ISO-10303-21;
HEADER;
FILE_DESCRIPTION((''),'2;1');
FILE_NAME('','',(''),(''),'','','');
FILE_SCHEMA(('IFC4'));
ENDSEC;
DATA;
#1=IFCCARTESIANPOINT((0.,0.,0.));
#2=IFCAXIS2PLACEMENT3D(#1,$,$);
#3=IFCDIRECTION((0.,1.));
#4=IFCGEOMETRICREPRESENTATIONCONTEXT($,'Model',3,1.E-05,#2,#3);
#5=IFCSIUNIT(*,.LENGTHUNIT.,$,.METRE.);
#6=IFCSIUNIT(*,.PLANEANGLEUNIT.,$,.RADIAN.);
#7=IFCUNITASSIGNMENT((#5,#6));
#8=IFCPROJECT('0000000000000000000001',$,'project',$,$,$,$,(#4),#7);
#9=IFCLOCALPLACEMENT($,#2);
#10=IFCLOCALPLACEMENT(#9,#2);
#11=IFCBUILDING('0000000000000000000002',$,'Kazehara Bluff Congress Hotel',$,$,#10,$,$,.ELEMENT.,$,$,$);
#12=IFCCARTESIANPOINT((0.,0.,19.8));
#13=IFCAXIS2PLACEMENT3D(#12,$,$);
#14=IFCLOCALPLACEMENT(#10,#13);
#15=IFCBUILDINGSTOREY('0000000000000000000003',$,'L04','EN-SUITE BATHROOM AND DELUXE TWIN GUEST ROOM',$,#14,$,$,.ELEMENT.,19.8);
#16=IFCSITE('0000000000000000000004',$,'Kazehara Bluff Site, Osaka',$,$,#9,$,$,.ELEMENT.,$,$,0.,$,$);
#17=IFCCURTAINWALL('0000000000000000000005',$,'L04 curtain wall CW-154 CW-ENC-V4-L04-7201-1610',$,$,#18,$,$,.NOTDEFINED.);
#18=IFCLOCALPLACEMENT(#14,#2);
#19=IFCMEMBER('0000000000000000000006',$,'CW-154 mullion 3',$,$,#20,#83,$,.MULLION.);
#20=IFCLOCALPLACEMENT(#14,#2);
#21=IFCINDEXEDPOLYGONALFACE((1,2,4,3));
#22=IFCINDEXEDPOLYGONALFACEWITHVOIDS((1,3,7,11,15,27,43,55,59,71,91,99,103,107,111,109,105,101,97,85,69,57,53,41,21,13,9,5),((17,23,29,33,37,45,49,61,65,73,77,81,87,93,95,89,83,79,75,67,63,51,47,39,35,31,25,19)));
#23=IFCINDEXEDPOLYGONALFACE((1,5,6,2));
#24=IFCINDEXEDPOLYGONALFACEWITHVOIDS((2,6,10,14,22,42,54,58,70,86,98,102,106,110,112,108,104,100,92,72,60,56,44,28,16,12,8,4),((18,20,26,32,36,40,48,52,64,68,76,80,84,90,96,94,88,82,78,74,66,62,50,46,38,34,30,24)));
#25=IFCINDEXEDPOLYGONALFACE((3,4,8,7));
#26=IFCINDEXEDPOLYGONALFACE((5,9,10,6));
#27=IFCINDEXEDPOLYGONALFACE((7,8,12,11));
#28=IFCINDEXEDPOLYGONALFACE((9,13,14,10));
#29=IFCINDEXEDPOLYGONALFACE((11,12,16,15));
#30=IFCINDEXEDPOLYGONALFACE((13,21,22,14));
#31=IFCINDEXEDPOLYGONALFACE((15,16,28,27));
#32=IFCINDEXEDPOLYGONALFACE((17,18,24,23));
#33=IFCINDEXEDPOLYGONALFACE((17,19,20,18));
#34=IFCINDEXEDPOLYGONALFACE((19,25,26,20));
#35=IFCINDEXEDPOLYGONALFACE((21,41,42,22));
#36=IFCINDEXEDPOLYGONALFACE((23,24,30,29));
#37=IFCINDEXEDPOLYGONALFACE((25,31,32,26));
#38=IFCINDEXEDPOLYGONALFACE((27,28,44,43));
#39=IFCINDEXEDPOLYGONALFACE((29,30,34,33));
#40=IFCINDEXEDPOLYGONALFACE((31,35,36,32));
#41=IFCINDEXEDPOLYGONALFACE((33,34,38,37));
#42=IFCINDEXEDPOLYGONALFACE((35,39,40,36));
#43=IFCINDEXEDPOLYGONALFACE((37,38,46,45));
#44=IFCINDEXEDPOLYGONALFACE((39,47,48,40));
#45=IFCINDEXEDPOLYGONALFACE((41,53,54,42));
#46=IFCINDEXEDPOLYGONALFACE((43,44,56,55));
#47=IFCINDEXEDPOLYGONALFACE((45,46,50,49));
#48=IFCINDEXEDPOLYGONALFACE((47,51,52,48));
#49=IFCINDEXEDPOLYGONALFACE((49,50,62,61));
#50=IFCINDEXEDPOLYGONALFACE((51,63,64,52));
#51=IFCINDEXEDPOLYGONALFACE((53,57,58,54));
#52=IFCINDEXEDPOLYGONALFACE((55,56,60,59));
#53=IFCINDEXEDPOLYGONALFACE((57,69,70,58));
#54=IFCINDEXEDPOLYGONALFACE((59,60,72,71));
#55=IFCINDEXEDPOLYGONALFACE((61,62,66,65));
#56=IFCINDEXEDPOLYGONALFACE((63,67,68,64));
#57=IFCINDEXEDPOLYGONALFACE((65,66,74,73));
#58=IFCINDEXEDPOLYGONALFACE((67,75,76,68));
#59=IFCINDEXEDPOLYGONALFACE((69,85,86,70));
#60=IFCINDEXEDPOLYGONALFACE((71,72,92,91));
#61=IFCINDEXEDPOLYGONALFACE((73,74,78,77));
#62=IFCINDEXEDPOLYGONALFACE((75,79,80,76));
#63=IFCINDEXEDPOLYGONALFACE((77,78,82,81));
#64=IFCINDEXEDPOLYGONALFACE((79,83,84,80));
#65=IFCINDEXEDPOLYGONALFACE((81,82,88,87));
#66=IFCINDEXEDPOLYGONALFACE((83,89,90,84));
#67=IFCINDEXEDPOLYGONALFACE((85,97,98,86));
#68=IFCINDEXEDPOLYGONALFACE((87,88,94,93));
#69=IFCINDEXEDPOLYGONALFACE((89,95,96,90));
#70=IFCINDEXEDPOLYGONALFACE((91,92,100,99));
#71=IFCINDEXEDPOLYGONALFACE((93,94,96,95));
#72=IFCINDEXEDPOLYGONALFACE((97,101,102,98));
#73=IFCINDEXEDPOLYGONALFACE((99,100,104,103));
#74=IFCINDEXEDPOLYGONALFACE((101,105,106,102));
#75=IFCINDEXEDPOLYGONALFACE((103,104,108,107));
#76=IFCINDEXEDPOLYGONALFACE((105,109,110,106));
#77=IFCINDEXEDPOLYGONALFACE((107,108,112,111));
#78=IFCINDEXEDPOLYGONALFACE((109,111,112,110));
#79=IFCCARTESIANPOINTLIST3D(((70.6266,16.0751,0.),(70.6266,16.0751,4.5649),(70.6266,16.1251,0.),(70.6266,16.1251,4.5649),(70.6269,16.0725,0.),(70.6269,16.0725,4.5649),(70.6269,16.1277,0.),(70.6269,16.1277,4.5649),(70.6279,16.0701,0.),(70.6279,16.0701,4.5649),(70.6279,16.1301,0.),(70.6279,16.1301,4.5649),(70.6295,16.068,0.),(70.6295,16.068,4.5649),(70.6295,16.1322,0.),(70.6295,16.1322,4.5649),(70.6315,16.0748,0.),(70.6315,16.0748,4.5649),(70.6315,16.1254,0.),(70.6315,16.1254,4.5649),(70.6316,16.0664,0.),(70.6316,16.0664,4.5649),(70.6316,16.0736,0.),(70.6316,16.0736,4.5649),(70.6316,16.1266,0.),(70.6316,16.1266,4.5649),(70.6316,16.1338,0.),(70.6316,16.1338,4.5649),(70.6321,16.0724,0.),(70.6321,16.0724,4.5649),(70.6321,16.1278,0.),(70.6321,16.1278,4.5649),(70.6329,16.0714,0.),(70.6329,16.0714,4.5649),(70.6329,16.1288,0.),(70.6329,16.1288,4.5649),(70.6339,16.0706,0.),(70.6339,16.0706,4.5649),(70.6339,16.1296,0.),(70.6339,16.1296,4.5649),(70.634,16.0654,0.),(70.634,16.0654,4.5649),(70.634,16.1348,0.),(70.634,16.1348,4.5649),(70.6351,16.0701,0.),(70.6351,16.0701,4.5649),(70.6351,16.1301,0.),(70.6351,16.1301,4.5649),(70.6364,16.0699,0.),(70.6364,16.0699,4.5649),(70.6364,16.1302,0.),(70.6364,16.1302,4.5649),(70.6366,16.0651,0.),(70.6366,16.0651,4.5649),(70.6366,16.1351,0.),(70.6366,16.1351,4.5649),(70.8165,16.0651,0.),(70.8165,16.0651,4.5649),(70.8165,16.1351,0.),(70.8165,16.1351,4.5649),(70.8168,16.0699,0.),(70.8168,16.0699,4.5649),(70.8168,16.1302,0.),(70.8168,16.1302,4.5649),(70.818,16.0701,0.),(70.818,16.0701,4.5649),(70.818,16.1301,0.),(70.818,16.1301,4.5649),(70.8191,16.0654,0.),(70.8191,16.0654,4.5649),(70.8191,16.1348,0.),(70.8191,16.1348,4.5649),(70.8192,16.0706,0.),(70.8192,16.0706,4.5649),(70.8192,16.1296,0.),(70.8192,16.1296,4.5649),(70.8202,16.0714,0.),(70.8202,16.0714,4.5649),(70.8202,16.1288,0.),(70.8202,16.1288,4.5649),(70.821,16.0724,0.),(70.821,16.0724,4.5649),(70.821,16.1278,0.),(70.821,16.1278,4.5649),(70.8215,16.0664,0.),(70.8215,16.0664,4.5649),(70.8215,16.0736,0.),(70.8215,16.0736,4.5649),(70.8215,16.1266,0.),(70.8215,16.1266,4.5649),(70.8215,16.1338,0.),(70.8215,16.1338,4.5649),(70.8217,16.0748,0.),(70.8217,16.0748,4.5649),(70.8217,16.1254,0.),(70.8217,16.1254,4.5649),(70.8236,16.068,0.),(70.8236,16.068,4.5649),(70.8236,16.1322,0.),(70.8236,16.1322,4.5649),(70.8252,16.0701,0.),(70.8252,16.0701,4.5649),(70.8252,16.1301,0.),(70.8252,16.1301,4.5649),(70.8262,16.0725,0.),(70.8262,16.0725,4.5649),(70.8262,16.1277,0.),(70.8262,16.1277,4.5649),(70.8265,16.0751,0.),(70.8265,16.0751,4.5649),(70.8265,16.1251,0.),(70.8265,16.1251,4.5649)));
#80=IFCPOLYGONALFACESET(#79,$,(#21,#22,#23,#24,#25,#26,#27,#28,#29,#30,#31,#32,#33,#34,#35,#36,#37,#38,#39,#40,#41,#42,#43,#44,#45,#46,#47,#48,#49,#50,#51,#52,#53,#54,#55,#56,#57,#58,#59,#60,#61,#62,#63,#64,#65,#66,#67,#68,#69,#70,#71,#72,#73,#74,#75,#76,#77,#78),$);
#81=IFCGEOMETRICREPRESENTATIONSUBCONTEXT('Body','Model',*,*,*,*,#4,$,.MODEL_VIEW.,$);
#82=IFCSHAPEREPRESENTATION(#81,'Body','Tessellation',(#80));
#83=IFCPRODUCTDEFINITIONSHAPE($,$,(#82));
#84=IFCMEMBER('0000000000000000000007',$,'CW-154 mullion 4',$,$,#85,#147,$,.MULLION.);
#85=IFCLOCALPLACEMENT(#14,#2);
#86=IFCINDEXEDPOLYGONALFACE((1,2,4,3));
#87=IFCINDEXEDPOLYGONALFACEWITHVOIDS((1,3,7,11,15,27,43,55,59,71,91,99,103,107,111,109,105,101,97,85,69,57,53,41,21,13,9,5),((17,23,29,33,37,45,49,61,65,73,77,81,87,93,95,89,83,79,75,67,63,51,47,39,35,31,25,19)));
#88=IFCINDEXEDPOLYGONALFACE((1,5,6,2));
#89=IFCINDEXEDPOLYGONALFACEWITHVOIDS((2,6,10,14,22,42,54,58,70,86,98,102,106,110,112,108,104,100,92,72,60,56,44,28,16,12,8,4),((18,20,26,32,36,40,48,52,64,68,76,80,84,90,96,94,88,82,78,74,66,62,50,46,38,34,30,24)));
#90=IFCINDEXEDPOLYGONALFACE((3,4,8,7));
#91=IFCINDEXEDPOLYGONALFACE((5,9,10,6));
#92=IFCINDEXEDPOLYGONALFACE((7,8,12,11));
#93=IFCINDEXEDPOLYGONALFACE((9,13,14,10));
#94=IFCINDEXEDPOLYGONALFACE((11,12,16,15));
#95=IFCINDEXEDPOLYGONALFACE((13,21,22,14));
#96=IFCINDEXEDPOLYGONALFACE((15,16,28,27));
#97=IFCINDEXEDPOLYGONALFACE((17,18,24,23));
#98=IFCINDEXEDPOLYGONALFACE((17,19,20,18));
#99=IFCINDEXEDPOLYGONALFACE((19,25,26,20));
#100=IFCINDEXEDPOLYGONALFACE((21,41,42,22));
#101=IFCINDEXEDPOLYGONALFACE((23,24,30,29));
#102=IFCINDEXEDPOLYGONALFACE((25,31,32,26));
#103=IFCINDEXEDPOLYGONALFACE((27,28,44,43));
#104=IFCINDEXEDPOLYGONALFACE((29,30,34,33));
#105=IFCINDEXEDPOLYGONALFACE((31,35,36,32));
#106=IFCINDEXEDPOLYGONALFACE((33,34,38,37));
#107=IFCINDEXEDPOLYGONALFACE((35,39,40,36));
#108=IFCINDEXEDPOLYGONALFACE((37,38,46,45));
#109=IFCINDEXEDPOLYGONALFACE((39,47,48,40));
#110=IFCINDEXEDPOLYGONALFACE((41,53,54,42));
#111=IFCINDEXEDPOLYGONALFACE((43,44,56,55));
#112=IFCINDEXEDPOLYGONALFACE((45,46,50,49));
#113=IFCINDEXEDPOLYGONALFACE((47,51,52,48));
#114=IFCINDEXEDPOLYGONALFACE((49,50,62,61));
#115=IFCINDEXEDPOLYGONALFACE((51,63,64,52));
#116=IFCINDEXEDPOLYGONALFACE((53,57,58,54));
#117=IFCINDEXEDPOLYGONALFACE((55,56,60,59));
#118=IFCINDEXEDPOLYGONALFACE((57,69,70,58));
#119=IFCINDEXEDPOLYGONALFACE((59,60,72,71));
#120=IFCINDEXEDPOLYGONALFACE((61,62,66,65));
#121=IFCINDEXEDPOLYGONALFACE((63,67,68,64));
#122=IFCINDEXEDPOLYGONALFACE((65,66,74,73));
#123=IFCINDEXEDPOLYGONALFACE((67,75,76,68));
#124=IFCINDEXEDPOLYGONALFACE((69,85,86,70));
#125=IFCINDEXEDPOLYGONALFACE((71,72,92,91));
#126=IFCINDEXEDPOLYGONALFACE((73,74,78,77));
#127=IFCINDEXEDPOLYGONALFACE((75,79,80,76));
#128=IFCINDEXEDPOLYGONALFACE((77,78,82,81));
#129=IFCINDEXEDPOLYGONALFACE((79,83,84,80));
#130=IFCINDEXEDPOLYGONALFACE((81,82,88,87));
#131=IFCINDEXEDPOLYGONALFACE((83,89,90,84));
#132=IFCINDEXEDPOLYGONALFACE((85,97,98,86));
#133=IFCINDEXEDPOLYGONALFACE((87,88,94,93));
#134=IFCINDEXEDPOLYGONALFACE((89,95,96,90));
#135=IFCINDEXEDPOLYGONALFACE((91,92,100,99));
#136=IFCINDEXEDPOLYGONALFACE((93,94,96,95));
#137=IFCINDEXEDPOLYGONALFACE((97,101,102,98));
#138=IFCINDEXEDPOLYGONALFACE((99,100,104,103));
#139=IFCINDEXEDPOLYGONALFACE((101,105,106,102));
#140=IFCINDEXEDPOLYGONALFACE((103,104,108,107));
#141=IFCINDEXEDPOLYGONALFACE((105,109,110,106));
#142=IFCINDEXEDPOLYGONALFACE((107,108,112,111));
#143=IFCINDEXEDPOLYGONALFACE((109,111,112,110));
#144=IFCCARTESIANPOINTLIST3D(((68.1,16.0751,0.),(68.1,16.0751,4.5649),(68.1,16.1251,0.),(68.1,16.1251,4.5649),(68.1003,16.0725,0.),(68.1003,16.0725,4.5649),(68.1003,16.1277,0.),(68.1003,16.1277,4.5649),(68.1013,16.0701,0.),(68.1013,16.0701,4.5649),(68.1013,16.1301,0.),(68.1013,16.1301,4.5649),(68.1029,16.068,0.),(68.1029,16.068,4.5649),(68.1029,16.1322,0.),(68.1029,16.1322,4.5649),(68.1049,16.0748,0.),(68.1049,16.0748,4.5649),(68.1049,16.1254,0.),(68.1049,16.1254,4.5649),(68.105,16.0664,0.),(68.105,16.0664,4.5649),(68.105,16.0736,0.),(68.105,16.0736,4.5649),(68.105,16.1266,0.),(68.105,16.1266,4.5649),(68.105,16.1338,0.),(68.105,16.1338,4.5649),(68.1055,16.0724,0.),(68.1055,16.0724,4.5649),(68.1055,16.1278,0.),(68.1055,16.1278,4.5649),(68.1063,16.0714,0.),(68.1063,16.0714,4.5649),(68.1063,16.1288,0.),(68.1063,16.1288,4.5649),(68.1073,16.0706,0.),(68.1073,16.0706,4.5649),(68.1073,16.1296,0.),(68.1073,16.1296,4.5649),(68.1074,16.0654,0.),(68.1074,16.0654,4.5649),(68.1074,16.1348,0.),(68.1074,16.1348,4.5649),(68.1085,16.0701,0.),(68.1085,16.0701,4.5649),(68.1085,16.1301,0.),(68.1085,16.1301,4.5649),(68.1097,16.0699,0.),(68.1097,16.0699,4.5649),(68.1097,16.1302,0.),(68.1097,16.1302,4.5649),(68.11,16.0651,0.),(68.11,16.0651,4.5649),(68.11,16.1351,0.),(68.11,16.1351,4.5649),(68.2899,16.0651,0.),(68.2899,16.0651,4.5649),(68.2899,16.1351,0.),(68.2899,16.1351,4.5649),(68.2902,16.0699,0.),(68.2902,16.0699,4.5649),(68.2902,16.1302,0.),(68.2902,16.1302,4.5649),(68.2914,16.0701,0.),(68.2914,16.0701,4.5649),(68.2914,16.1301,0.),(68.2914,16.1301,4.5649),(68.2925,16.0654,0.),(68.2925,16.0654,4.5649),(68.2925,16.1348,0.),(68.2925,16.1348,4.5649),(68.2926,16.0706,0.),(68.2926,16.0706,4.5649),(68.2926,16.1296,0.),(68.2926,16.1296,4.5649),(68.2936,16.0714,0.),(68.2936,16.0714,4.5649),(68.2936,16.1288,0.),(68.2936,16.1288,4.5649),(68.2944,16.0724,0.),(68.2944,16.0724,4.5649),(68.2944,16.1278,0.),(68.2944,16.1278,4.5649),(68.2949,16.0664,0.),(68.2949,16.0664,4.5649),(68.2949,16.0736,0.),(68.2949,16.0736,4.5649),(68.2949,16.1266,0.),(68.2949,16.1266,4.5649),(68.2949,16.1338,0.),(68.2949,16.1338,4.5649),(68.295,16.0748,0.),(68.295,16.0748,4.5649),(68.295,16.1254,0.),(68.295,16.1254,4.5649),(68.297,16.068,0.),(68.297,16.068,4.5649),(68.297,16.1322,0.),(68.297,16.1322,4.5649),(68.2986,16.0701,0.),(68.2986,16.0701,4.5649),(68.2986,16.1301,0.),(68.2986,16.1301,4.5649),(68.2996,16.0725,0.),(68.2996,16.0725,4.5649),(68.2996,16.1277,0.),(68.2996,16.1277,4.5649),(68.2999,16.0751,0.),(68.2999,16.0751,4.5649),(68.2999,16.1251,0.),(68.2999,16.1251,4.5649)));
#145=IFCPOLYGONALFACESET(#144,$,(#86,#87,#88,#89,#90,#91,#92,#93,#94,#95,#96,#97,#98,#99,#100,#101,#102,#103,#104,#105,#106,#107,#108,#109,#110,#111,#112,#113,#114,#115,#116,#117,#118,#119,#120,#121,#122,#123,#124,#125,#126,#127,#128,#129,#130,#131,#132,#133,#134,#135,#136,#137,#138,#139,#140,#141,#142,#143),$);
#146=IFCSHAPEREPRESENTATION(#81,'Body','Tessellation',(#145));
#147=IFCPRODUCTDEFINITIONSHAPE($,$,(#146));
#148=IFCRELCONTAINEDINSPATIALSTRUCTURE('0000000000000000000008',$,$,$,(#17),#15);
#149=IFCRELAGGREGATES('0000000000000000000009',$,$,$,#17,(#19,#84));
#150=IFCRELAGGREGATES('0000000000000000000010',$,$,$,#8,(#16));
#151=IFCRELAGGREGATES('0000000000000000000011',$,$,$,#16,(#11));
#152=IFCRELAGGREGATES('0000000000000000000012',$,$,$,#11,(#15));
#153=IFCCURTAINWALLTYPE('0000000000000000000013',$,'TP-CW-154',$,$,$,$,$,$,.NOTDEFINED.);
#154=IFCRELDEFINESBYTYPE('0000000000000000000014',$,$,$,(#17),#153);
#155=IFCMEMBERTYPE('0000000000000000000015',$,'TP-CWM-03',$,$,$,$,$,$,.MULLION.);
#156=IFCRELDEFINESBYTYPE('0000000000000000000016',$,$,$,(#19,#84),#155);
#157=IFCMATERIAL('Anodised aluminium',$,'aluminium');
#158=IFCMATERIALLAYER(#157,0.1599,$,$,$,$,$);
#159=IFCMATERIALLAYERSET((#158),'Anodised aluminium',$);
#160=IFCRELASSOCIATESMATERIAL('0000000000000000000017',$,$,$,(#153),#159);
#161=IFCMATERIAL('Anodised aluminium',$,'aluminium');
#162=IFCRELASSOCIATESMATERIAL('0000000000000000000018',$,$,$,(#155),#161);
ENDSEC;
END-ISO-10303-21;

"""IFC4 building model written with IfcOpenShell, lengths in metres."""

from ifc_helpers import new_model, si_unit, direction, frame, origin, origin_2d, place, context, subcontext, project, spatial, hollow_rectangle, extrude, material, layer, layer_set, material_profile, profile_set, type_object, element, aggregate, save


model = new_model("IFC4")

# Units and contexts
model_context = context("Model", 3, precision=1e-05, world=origin(), true_north=direction((0.0, 1.0)))
body_context = subcontext(model_context, "Body", "Model", "MODEL_VIEW")
ifc_project = project(units=[si_unit("LENGTHUNIT", "METRE"), si_unit("PLANEANGLEUNIT", "RADIAN")], contexts=[model_context])

# Site, building, storey
site_placement = place(None, origin())
site = spatial("IfcSite", under=ifc_project, at=site_placement, Name="Kazehara Bluff Site, Osaka", CompositionType="ELEMENT", RefElevation=0.0)
building_placement = place(site_placement, origin())
building = spatial("IfcBuilding", under=site, at=building_placement, Name="Kazehara Bluff Congress Hotel", CompositionType="ELEMENT")
storey_placement = place(building_placement, frame((0.0, 0.0, 19.8)))
storey = spatial("IfcBuildingStorey", under=building, at=storey_placement, Name="L04", Description="EN-SUITE BATHROOM AND DELUXE TWIN GUEST ROOM", CompositionType="ELEMENT", Elevation=19.8)

# Curtain wall, members
ifc_material_1 = material(Name="Anodised aluminium", Category="aluminium")
ifc_layer_1 = layer(ifc_material_1, 0.1599)
ifc_layer_set_1 = layer_set([ifc_layer_1], Name="Anodised aluminium")
curtain_wall_type = type_object("IfcCurtainWallType", Name="TP-CW-154", PredefinedType="NOTDEFINED", material=ifc_layer_set_1)
curtain_wall_placement = place(storey_placement, origin())
curtain_wall = element("IfcCurtainWall", 1, at=curtain_wall_placement, inside=storey, type_object=curtain_wall_type, Name="L04 curtain wall CW-154 CW-ENC-V4-L04-7201-1610", PredefinedType="NOTDEFINED")
ifc_material_2 = material(Name="Anodised aluminium", Category="aluminium")
ifc_material_profile_1 = material_profile(ifc_material_2, hollow_rectangle(XDim=0.0701, YDim=0.2, WallThickness=0.0049, InnerFilletRadius=0.0049, OuterFilletRadius=0.01, at=origin_2d()))
ifc_profile_set_1 = profile_set([ifc_material_profile_1], Name="Anodised aluminium")
member_type_1 = type_object("IfcMemberType", Name="TP-CWM-03", PredefinedType="MULLION", material=ifc_profile_set_1)
member_1_placement = place(storey_placement, frame((70.7266, 16.1001, 0.0), z_axis=(0.0, 0.0, 1.0), x_axis=(0.0, -1.0, 0.0)))
member_1 = element("IfcMember", 2, at=member_1_placement, type_object=member_type_1, Name="CW-154 mullion 3", PredefinedType="MULLION", context=body_context, shape_type="SweptSolid", body=[
    extrude(hollow_rectangle(XDim=0.0701, YDim=0.2, WallThickness=0.0049, InnerFilletRadius=0.0049, OuterFilletRadius=0.01, at=origin_2d()), origin(), (0.0, 0.0, 1.0), 4.5649),
])
member_2_placement = place(storey_placement, frame((68.2, 16.1001, 0.0), z_axis=(0.0, 0.0, 1.0), x_axis=(0.0, -1.0, 0.0)))
member_2 = element("IfcMember", 3, at=member_2_placement, type_object=member_type_1, Name="CW-154 mullion 4", PredefinedType="MULLION", context=body_context, shape_type="SweptSolid", body=[
    extrude(hollow_rectangle(XDim=0.0701, YDim=0.2, WallThickness=0.0049, InnerFilletRadius=0.0049, OuterFilletRadius=0.01, at=origin_2d()), origin(), (0.0, 0.0, 1.0), 4.5649),
])
aggregate(curtain_wall, [member_1, member_2])

save(model, "model.ifc")
